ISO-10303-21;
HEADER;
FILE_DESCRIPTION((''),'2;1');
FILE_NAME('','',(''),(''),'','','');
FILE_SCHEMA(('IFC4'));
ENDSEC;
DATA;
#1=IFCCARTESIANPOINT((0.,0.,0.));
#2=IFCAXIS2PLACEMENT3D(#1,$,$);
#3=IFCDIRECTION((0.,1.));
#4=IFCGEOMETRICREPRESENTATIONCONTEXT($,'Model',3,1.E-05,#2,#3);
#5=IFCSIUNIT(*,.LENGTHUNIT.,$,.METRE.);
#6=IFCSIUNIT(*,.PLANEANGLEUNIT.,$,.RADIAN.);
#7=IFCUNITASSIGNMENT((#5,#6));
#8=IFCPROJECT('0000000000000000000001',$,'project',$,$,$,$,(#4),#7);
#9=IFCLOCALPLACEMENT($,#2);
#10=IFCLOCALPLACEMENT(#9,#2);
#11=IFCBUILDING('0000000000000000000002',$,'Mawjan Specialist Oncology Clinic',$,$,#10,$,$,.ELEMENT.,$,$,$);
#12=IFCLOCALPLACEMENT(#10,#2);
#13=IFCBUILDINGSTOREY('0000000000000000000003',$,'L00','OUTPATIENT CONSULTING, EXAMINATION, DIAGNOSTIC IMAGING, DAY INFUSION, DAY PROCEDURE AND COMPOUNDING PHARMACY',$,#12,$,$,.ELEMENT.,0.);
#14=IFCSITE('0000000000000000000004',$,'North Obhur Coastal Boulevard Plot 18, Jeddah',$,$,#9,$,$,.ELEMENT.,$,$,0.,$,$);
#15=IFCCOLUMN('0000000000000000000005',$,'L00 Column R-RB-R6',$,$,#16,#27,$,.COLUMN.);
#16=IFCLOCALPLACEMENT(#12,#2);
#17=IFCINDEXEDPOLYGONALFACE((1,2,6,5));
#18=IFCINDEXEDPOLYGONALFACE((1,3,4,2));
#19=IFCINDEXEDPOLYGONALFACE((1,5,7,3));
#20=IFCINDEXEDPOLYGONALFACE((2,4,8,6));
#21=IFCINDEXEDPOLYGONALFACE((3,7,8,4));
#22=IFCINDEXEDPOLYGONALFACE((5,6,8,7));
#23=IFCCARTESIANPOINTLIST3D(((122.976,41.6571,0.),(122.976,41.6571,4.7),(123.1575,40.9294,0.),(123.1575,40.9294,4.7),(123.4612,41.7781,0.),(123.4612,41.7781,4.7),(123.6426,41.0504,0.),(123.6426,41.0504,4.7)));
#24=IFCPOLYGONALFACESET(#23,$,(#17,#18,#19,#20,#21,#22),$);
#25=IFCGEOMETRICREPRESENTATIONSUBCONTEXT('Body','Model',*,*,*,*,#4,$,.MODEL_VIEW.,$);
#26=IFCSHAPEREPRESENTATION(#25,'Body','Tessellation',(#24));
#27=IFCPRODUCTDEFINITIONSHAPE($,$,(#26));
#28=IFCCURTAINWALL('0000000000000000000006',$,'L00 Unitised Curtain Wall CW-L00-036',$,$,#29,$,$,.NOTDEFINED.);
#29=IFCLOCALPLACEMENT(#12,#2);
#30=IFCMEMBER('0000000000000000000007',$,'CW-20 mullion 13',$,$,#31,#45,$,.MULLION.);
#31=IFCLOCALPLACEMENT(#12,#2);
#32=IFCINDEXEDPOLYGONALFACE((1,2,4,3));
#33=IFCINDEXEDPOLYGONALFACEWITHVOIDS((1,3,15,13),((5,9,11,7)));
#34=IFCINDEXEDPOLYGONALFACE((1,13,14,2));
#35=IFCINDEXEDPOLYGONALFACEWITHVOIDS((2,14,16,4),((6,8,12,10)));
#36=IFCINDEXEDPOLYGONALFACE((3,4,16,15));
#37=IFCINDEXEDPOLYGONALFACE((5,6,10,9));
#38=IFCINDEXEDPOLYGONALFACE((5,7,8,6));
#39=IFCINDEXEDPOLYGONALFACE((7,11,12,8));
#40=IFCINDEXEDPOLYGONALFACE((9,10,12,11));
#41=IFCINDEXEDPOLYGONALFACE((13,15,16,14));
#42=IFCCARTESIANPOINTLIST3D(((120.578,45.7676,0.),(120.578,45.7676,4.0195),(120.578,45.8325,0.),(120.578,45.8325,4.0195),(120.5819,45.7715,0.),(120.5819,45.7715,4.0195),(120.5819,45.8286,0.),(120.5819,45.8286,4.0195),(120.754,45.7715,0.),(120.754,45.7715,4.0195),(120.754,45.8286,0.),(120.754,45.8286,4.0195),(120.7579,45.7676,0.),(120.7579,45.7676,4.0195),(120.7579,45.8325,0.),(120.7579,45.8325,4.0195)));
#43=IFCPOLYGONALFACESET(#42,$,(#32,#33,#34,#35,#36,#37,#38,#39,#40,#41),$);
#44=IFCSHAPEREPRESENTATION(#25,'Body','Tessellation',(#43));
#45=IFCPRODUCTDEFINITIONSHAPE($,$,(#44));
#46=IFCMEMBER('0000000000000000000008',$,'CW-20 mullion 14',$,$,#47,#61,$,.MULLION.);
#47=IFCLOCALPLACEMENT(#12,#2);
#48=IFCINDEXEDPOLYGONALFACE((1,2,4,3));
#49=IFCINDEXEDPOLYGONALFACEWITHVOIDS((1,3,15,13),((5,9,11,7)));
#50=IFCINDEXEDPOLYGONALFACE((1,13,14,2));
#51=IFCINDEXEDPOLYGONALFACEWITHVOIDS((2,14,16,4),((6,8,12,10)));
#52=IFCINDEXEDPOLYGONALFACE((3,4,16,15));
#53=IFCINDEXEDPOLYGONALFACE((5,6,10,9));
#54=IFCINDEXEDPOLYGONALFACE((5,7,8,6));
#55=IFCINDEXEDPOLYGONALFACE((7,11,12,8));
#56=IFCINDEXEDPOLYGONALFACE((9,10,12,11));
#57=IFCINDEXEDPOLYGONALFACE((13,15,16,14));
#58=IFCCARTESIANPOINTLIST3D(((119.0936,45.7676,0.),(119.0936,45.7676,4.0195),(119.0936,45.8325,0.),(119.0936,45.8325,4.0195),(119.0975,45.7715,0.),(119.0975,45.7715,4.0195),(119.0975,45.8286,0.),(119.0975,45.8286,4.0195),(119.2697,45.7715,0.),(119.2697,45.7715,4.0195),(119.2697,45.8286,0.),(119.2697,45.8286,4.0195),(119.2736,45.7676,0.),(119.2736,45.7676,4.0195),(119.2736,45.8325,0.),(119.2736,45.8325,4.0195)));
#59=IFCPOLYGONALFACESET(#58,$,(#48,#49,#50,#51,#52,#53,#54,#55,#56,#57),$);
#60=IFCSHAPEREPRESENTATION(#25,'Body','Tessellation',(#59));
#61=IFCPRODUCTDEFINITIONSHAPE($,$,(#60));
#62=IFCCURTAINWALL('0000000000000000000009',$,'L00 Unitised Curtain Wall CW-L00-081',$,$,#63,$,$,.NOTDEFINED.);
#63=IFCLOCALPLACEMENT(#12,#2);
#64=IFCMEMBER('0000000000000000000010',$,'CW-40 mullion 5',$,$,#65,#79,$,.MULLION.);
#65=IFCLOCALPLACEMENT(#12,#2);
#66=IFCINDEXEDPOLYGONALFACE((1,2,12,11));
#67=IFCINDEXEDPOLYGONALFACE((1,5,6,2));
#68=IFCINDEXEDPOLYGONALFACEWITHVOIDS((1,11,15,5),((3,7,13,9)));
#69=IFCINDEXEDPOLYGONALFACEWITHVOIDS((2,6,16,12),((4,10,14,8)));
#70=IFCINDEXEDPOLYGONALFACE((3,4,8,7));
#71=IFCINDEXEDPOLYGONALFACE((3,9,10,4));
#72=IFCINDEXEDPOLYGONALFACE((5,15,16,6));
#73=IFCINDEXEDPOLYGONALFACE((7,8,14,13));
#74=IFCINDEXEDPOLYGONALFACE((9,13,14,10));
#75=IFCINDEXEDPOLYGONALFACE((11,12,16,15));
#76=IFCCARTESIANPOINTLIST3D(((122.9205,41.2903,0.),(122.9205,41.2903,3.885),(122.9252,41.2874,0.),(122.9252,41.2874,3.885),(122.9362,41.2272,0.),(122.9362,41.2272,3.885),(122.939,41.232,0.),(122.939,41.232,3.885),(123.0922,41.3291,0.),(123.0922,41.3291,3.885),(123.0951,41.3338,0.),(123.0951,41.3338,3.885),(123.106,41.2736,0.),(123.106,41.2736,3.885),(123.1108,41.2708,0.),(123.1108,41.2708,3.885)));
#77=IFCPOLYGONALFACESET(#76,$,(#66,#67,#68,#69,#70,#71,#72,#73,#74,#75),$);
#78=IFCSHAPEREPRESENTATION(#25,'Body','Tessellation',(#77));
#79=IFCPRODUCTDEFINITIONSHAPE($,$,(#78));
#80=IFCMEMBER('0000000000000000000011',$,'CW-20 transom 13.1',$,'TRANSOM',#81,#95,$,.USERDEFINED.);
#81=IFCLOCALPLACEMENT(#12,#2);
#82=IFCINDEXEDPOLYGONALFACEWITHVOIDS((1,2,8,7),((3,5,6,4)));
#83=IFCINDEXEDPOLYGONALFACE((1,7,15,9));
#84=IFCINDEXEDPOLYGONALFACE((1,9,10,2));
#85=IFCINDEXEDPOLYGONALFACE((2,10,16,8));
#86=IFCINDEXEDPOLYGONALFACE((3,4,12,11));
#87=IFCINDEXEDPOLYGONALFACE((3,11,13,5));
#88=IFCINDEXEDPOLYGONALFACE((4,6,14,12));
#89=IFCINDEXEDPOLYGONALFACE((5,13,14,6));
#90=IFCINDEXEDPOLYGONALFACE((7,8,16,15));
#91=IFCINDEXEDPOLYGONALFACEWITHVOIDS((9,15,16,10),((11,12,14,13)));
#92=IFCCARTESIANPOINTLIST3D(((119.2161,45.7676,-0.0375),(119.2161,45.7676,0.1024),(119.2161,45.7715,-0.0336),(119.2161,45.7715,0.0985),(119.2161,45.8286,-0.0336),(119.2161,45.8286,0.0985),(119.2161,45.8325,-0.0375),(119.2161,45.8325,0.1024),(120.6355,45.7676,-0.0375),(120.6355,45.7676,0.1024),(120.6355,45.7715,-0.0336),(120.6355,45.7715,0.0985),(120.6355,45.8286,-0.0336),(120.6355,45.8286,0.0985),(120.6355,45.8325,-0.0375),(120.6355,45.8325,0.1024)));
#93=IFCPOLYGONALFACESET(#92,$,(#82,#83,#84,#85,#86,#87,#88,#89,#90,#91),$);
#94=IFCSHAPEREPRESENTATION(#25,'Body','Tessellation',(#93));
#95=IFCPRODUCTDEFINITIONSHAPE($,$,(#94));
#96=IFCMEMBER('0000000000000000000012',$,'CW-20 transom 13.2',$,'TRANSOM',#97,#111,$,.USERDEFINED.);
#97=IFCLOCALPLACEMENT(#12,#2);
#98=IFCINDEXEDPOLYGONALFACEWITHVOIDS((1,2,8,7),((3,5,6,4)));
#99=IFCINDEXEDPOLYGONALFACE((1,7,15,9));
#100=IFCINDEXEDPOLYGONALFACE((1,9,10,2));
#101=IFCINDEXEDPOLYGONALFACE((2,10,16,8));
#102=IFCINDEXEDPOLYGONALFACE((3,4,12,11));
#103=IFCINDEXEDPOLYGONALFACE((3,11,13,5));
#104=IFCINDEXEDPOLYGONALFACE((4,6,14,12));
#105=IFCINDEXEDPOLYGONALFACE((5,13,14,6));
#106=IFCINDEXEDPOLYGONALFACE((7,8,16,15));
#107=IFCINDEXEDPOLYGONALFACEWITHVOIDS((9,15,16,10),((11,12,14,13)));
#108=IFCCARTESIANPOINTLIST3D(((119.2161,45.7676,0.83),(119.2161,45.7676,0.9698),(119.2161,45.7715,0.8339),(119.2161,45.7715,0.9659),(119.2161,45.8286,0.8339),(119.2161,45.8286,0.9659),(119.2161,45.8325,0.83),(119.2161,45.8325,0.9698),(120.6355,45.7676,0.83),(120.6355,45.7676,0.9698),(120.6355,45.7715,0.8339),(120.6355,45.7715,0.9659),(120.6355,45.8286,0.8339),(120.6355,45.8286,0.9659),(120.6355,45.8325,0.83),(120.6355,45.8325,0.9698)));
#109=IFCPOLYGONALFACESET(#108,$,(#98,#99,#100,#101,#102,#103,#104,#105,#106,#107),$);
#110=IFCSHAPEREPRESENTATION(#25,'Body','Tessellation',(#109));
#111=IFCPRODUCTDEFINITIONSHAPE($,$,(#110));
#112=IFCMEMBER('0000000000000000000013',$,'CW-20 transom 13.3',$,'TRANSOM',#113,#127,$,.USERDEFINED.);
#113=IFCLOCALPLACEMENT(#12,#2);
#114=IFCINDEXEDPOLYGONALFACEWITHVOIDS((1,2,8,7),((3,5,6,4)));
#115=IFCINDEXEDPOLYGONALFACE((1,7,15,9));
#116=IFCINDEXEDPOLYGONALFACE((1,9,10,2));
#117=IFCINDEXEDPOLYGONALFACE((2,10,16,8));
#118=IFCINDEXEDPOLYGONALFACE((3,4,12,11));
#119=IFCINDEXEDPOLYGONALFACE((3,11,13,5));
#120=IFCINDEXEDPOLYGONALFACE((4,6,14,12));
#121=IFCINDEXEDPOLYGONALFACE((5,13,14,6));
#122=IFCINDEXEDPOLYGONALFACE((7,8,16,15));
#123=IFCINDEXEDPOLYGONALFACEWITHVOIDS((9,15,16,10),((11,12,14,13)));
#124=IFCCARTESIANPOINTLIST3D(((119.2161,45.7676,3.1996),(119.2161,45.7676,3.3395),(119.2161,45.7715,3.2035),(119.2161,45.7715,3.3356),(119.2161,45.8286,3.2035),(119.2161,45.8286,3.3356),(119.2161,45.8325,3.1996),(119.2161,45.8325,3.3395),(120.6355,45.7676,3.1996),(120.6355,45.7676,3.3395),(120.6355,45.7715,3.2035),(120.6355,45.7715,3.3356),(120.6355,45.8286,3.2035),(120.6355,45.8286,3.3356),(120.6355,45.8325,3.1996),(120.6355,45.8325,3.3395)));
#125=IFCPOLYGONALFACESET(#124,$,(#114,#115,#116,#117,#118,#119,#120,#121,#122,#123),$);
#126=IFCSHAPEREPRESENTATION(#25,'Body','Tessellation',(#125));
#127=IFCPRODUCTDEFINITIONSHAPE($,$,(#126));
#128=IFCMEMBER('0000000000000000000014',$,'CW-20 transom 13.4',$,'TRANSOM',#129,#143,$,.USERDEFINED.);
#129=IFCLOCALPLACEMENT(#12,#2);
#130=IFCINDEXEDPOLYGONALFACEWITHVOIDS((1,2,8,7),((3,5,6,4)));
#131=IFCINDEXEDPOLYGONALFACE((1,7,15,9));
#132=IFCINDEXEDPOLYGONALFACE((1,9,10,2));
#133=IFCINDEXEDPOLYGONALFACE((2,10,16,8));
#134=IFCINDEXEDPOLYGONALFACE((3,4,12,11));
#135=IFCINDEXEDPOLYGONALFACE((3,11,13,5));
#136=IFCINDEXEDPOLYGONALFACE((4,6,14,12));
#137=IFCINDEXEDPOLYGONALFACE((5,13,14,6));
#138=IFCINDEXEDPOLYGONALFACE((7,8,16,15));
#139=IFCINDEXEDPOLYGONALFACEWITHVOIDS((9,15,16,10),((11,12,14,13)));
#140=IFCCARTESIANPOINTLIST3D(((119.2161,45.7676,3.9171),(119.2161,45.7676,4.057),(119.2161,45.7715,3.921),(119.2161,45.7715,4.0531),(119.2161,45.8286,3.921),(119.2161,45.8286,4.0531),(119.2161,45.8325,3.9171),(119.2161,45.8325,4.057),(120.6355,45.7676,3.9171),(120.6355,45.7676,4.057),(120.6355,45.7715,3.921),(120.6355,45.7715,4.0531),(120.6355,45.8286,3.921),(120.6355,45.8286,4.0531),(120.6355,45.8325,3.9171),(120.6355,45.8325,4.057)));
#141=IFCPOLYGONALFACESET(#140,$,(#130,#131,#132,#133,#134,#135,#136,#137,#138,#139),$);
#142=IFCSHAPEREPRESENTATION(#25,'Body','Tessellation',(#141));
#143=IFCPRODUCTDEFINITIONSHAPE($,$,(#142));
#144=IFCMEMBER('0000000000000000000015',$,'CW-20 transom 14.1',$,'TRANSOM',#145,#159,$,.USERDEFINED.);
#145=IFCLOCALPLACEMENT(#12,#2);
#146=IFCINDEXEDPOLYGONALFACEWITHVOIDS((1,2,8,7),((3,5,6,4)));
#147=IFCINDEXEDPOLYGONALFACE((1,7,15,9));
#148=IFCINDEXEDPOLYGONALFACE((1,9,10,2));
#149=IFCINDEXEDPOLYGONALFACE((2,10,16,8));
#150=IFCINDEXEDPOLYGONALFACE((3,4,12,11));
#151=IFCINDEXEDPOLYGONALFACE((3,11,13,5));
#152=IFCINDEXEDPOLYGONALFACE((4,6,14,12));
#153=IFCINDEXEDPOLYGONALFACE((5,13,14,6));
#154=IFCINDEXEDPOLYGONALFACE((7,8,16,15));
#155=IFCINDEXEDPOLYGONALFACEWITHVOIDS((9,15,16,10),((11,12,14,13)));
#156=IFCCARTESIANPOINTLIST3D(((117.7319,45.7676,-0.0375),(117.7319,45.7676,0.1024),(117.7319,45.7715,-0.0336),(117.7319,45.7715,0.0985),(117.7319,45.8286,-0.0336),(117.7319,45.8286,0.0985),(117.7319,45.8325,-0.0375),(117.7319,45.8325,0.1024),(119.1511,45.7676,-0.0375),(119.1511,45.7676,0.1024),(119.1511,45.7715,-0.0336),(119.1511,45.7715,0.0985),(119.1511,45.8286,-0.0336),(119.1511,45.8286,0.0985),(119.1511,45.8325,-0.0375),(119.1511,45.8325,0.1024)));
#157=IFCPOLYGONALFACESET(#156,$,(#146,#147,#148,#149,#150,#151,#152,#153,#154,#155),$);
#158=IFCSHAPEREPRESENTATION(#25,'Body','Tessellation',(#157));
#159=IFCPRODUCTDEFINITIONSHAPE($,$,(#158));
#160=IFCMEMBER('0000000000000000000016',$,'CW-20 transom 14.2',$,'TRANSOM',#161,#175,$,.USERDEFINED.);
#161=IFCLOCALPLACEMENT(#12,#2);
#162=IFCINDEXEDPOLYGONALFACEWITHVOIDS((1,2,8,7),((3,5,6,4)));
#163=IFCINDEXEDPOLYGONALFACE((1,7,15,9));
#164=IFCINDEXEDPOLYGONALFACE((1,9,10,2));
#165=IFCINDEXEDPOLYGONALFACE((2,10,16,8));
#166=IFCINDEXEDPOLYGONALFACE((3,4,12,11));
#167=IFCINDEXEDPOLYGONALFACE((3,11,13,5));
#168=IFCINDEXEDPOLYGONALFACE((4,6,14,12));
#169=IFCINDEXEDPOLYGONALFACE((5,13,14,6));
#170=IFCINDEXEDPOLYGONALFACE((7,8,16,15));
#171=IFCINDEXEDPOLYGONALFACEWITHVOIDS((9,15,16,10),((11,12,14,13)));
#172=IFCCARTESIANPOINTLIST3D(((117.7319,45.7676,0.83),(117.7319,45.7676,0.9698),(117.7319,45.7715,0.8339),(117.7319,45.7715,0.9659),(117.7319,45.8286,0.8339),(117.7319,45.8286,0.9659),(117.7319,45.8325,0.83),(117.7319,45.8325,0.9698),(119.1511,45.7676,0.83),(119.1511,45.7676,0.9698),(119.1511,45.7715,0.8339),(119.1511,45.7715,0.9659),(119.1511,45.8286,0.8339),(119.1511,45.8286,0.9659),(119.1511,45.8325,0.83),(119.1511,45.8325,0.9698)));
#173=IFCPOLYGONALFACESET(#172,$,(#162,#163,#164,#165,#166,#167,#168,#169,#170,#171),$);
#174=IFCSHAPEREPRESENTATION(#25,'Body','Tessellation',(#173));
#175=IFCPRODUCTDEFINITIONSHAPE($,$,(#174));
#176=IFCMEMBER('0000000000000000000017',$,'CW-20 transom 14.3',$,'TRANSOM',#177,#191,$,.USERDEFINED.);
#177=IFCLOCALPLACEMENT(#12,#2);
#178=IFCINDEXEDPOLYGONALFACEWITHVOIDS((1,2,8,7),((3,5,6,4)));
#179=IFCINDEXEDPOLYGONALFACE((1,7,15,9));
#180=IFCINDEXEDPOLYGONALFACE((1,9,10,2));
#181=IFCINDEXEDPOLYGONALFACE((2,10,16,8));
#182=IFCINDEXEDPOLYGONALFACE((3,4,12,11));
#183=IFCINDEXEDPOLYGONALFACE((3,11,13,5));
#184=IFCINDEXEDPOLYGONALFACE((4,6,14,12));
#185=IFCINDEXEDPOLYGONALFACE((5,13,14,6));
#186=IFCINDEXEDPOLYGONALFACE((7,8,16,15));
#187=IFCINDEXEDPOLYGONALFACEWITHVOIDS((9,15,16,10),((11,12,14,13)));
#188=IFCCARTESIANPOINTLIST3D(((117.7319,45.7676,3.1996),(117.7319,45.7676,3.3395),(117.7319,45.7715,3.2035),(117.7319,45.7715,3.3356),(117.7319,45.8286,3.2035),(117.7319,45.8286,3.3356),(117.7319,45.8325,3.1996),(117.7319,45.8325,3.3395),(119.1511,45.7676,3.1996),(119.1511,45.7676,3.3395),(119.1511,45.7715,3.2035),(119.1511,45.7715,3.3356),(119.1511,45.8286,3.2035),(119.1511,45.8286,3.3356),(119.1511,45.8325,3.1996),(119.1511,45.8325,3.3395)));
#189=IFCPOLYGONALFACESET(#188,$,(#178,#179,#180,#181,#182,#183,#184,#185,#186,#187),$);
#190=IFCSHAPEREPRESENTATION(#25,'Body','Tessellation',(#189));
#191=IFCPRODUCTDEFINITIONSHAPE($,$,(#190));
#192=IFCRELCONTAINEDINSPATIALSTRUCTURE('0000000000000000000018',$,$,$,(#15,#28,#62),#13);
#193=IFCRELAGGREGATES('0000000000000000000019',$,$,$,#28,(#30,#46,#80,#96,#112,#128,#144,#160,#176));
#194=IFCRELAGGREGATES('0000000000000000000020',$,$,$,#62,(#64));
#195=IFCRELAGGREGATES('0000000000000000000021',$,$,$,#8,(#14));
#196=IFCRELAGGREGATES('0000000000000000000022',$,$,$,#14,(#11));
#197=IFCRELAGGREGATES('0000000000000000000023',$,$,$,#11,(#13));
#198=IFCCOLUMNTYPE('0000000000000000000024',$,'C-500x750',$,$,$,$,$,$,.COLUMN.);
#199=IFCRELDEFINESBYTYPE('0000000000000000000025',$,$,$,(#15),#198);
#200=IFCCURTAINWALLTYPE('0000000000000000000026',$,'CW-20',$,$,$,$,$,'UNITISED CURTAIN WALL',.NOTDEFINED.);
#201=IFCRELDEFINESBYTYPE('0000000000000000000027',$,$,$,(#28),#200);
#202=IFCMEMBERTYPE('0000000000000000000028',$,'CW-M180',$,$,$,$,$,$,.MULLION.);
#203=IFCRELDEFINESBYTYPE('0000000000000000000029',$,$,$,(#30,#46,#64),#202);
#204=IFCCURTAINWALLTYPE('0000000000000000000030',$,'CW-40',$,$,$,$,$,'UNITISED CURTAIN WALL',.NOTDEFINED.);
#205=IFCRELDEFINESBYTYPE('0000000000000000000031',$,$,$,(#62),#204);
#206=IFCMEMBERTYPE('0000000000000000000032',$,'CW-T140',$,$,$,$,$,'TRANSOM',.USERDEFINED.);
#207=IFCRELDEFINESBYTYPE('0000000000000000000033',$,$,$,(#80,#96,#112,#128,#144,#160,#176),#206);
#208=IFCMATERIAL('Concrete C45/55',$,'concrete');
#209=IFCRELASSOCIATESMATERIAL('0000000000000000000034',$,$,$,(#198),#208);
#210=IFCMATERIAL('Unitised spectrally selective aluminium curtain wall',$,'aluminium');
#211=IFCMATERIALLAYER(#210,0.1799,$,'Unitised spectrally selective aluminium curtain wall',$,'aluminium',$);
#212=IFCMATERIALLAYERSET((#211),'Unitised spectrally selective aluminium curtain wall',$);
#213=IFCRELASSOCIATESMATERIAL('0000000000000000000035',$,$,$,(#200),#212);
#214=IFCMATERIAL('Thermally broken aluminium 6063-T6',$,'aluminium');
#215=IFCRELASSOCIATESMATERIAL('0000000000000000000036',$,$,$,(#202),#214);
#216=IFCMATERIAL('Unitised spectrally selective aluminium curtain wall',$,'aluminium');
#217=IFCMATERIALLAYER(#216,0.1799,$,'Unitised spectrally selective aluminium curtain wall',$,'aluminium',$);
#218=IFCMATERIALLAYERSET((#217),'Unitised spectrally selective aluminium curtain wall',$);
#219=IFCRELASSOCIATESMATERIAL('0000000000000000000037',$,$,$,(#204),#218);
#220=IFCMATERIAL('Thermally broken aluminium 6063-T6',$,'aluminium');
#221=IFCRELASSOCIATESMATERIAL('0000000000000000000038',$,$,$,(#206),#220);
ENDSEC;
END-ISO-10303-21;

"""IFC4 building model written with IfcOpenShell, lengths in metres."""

from ifc_helpers import new_model, si_unit, direction, frame, origin, origin_2d, place, context, subcontext, project, spatial, rectangle, hollow_rectangle, extrude, material, layer, layer_set, material_profile, profile_set, type_object, element, aggregate, save


model = new_model("IFC4")

# Units and contexts
model_context = context("Model", 3, precision=1e-05, world=origin(), true_north=direction((0.0, 1.0)))
body_context = subcontext(model_context, "Body", "Model", "MODEL_VIEW")
ifc_project = project(units=[si_unit("LENGTHUNIT", "METRE"), si_unit("PLANEANGLEUNIT", "RADIAN")], contexts=[model_context])

# Site, building, storey
site_placement = place(None, origin())
site = spatial("IfcSite", under=ifc_project, at=site_placement, Name="North Obhur Coastal Boulevard Plot 18, Jeddah", CompositionType="ELEMENT", RefElevation=0.0)
building_placement = place(site_placement, origin())
building = spatial("IfcBuilding", under=site, at=building_placement, Name="Mawjan Specialist Oncology Clinic", CompositionType="ELEMENT")
storey_placement = place(building_placement, origin())
storey = spatial("IfcBuildingStorey", under=building, at=storey_placement, Name="L00", Description="OUTPATIENT CONSULTING, EXAMINATION, DIAGNOSTIC IMAGING, DAY INFUSION, DAY PROCEDURE AND COMPOUNDING PHARMACY", CompositionType="ELEMENT", Elevation=0.0)

# Column
ifc_material_1 = material(Name="Concrete C45/55", Category="concrete")
ifc_material_profile_1 = material_profile(ifc_material_1, rectangle(XDim=0.5, YDim=0.75, at=origin_2d()), Name="RC COL 500x750", Category="concrete")
ifc_profile_set_1 = profile_set([ifc_material_profile_1], Name="Concrete C45/55")
column_type = type_object("IfcColumnType", Name="C-500x750", PredefinedType="COLUMN", material=ifc_profile_set_1)
column_placement = place(storey_placement, frame((123.3093, 41.3538, 0.0), z_axis=(0.0, 0.0, 1.0), x_axis=(0.970296, 0.241922, 0.0)))
element("IfcColumn", 1, at=column_placement, inside=storey, type_object=column_type, Name="L00 Column R-RB-R6", PredefinedType="COLUMN", context=body_context, shape_type="SweptSolid", body=[
    extrude(rectangle(XDim=0.5, YDim=0.75, at=origin_2d()), origin(), (0.0, 0.0, 1.0), 4.7),
])

# Curtain wall, members
ifc_material_2 = material(Name="Unitised spectrally selective aluminium curtain wall", Category="aluminium")
ifc_layer_1 = layer(ifc_material_2, 0.1799, Name="Unitised spectrally selective aluminium curtain wall", Category="aluminium")
ifc_layer_set_1 = layer_set([ifc_layer_1], Name="Unitised spectrally selective aluminium curtain wall")
curtain_wall_type_1 = type_object("IfcCurtainWallType", Name="CW-20", ElementType="UNITISED CURTAIN WALL", PredefinedType="NOTDEFINED", material=ifc_layer_set_1)
curtain_wall_1_placement = place(storey_placement, origin())
curtain_wall_1 = element("IfcCurtainWall", 2, at=curtain_wall_1_placement, inside=storey, type_object=curtain_wall_type_1, Name="L00 Unitised Curtain Wall CW-L00-036", PredefinedType="NOTDEFINED")
ifc_material_3 = material(Name="Thermally broken aluminium 6063-T6", Category="aluminium")
ifc_material_profile_2 = material_profile(ifc_material_3, hollow_rectangle(XDim=0.0649, YDim=0.1799, WallThickness=0.0039, at=origin_2d()), Name="ALU MULLION 180x65x4", Category="aluminium")
ifc_profile_set_2 = profile_set([ifc_material_profile_2], Name="Thermally broken aluminium 6063-T6")
member_type_1 = type_object("IfcMemberType", Name="CW-M180", PredefinedType="MULLION", material=ifc_profile_set_2)
member_1_placement = place(storey_placement, frame((120.668, 45.8, 0.0), z_axis=(0.0, 0.0, 1.0), x_axis=(0.0, -1.0, 0.0)))
member_1 = element("IfcMember", 3, at=member_1_placement, type_object=member_type_1, Name="CW-20 mullion 13", PredefinedType="MULLION", context=body_context, shape_type="SweptSolid", body=[
    extrude(hollow_rectangle(XDim=0.0649, YDim=0.1799, WallThickness=0.0039, at=origin_2d()), origin(), (0.0, 0.0, 1.0), 4.0195),
])
member_2_placement = place(storey_placement, frame((119.1836, 45.8, 0.0), z_axis=(0.0, 0.0, 1.0), x_axis=(0.0, -1.0, 0.0)))
member_2 = element("IfcMember", 4, at=member_2_placement, type_object=member_type_1, Name="CW-20 mullion 14", PredefinedType="MULLION", context=body_context, shape_type="SweptSolid", body=[
    extrude(hollow_rectangle(XDim=0.0649, YDim=0.1799, WallThickness=0.0039, at=origin_2d()), origin(), (0.0, 0.0, 1.0), 4.0195),
])

# Curtain wall, member
ifc_material_4 = material(Name="Unitised spectrally selective aluminium curtain wall", Category="aluminium")
ifc_layer_2 = layer(ifc_material_4, 0.1799, Name="Unitised spectrally selective aluminium curtain wall", Category="aluminium")
ifc_layer_set_2 = layer_set([ifc_layer_2], Name="Unitised spectrally selective aluminium curtain wall")
curtain_wall_type_2 = type_object("IfcCurtainWallType", Name="CW-40", ElementType="UNITISED CURTAIN WALL", PredefinedType="NOTDEFINED", material=ifc_layer_set_2)
curtain_wall_2_placement = place(storey_placement, origin())
curtain_wall_2 = element("IfcCurtainWall", 5, at=curtain_wall_2_placement, inside=storey, type_object=curtain_wall_type_2, Name="L00 Unitised Curtain Wall CW-L00-081", PredefinedType="NOTDEFINED")
member_3_placement = place(storey_placement, frame((123.0156, 41.2805, 0.0), z_axis=(0.0, 0.0, 1.0), x_axis=(-0.241922, 0.970296, 0.0)))
member_3 = element("IfcMember", 6, at=member_3_placement, type_object=member_type_1, Name="CW-40 mullion 5", PredefinedType="MULLION", context=body_context, shape_type="SweptSolid", body=[
    extrude(hollow_rectangle(XDim=0.0649, YDim=0.1799, WallThickness=0.0039, at=origin_2d()), origin(), (0.0, 0.0, 1.0), 3.885),
])

# Members
ifc_material_5 = material(Name="Thermally broken aluminium 6063-T6", Category="aluminium")
ifc_material_profile_3 = material_profile(ifc_material_5, hollow_rectangle(XDim=0.0649, YDim=0.1399, WallThickness=0.0039, at=origin_2d()), Name="ALU TRANSOM 140x65x4", Category="aluminium")
ifc_profile_set_3 = profile_set([ifc_material_profile_3], Name="Thermally broken aluminium 6063-T6")
member_type_2 = type_object("IfcMemberType", Name="CW-T140", ElementType="TRANSOM", PredefinedType="USERDEFINED", material=ifc_profile_set_3)
member_4_placement = place(storey_placement, frame((120.6355, 45.8, 0.0325), z_axis=(-1.0, 0.0, 0.0), x_axis=(0.0, -1.0, 0.0)))
member_4 = element("IfcMember", 7, at=member_4_placement, type_object=member_type_2, Name="CW-20 transom 13.1", ObjectType="TRANSOM", PredefinedType="USERDEFINED", context=body_context, shape_type="SweptSolid", body=[
    extrude(hollow_rectangle(XDim=0.0649, YDim=0.1399, WallThickness=0.0039, at=origin_2d()), origin(), (0.0, 0.0, 1.0), 1.4194),
])
member_5_placement = place(storey_placement, frame((120.6355, 45.8, 0.8999), z_axis=(-1.0, 0.0, 0.0), x_axis=(0.0, -1.0, 0.0)))
member_5 = element("IfcMember", 8, at=member_5_placement, type_object=member_type_2, Name="CW-20 transom 13.2", ObjectType="TRANSOM", PredefinedType="USERDEFINED", context=body_context, shape_type="SweptSolid", body=[
    extrude(hollow_rectangle(XDim=0.0649, YDim=0.1399, WallThickness=0.0039, at=origin_2d()), origin(), (0.0, 0.0, 1.0), 1.4194),
])
member_6_placement = place(storey_placement, frame((120.6355, 45.8, 3.2695), z_axis=(-1.0, 0.0, 0.0), x_axis=(0.0, -1.0, 0.0)))
member_6 = element("IfcMember", 9, at=member_6_placement, type_object=member_type_2, Name="CW-20 transom 13.3", ObjectType="TRANSOM", PredefinedType="USERDEFINED", context=body_context, shape_type="SweptSolid", body=[
    extrude(hollow_rectangle(XDim=0.0649, YDim=0.1399, WallThickness=0.0039, at=origin_2d()), origin(), (0.0, 0.0, 1.0), 1.4194),
])
member_7_placement = place(storey_placement, frame((120.6355, 45.8, 3.9871), z_axis=(-1.0, 0.0, 0.0), x_axis=(0.0, -1.0, 0.0)))
member_7 = element("IfcMember", 10, at=member_7_placement, type_object=member_type_2, Name="CW-20 transom 13.4", ObjectType="TRANSOM", PredefinedType="USERDEFINED", context=body_context, shape_type="SweptSolid", body=[
    extrude(hollow_rectangle(XDim=0.0649, YDim=0.1399, WallThickness=0.0039, at=origin_2d()), origin(), (0.0, 0.0, 1.0), 1.4194),
])
member_8_placement = place(storey_placement, frame((119.1511, 45.8, 0.0325), z_axis=(-1.0, 0.0, 0.0), x_axis=(0.0, -1.0, 0.0)))
member_8 = element("IfcMember", 11, at=member_8_placement, type_object=member_type_2, Name="CW-20 transom 14.1", ObjectType="TRANSOM", PredefinedType="USERDEFINED", context=body_context, shape_type="SweptSolid", body=[
    extrude(hollow_rectangle(XDim=0.0649, YDim=0.1399, WallThickness=0.0039, at=origin_2d()), origin(), (0.0, 0.0, 1.0), 1.4192),
])
member_9_placement = place(storey_placement, frame((119.1511, 45.8, 0.8999), z_axis=(-1.0, 0.0, 0.0), x_axis=(0.0, -1.0, 0.0)))
member_9 = element("IfcMember", 12, at=member_9_placement, type_object=member_type_2, Name="CW-20 transom 14.2", ObjectType="TRANSOM", PredefinedType="USERDEFINED", context=body_context, shape_type="SweptSolid", body=[
    extrude(hollow_rectangle(XDim=0.0649, YDim=0.1399, WallThickness=0.0039, at=origin_2d()), origin(), (0.0, 0.0, 1.0), 1.4192),
])
member_10_placement = place(storey_placement, frame((119.1511, 45.8, 3.2695), z_axis=(-1.0, 0.0, 0.0), x_axis=(0.0, -1.0, 0.0)))
member_10 = element("IfcMember", 13, at=member_10_placement, type_object=member_type_2, Name="CW-20 transom 14.3", ObjectType="TRANSOM", PredefinedType="USERDEFINED", context=body_context, shape_type="SweptSolid", body=[
    extrude(hollow_rectangle(XDim=0.0649, YDim=0.1399, WallThickness=0.0039, at=origin_2d()), origin(), (0.0, 0.0, 1.0), 1.4192),
])

aggregate(curtain_wall_1, [member_1, member_2, member_4, member_5, member_6, member_7, member_8, member_9, member_10])
aggregate(curtain_wall_2, [member_3])

save(model, "model.ifc")
